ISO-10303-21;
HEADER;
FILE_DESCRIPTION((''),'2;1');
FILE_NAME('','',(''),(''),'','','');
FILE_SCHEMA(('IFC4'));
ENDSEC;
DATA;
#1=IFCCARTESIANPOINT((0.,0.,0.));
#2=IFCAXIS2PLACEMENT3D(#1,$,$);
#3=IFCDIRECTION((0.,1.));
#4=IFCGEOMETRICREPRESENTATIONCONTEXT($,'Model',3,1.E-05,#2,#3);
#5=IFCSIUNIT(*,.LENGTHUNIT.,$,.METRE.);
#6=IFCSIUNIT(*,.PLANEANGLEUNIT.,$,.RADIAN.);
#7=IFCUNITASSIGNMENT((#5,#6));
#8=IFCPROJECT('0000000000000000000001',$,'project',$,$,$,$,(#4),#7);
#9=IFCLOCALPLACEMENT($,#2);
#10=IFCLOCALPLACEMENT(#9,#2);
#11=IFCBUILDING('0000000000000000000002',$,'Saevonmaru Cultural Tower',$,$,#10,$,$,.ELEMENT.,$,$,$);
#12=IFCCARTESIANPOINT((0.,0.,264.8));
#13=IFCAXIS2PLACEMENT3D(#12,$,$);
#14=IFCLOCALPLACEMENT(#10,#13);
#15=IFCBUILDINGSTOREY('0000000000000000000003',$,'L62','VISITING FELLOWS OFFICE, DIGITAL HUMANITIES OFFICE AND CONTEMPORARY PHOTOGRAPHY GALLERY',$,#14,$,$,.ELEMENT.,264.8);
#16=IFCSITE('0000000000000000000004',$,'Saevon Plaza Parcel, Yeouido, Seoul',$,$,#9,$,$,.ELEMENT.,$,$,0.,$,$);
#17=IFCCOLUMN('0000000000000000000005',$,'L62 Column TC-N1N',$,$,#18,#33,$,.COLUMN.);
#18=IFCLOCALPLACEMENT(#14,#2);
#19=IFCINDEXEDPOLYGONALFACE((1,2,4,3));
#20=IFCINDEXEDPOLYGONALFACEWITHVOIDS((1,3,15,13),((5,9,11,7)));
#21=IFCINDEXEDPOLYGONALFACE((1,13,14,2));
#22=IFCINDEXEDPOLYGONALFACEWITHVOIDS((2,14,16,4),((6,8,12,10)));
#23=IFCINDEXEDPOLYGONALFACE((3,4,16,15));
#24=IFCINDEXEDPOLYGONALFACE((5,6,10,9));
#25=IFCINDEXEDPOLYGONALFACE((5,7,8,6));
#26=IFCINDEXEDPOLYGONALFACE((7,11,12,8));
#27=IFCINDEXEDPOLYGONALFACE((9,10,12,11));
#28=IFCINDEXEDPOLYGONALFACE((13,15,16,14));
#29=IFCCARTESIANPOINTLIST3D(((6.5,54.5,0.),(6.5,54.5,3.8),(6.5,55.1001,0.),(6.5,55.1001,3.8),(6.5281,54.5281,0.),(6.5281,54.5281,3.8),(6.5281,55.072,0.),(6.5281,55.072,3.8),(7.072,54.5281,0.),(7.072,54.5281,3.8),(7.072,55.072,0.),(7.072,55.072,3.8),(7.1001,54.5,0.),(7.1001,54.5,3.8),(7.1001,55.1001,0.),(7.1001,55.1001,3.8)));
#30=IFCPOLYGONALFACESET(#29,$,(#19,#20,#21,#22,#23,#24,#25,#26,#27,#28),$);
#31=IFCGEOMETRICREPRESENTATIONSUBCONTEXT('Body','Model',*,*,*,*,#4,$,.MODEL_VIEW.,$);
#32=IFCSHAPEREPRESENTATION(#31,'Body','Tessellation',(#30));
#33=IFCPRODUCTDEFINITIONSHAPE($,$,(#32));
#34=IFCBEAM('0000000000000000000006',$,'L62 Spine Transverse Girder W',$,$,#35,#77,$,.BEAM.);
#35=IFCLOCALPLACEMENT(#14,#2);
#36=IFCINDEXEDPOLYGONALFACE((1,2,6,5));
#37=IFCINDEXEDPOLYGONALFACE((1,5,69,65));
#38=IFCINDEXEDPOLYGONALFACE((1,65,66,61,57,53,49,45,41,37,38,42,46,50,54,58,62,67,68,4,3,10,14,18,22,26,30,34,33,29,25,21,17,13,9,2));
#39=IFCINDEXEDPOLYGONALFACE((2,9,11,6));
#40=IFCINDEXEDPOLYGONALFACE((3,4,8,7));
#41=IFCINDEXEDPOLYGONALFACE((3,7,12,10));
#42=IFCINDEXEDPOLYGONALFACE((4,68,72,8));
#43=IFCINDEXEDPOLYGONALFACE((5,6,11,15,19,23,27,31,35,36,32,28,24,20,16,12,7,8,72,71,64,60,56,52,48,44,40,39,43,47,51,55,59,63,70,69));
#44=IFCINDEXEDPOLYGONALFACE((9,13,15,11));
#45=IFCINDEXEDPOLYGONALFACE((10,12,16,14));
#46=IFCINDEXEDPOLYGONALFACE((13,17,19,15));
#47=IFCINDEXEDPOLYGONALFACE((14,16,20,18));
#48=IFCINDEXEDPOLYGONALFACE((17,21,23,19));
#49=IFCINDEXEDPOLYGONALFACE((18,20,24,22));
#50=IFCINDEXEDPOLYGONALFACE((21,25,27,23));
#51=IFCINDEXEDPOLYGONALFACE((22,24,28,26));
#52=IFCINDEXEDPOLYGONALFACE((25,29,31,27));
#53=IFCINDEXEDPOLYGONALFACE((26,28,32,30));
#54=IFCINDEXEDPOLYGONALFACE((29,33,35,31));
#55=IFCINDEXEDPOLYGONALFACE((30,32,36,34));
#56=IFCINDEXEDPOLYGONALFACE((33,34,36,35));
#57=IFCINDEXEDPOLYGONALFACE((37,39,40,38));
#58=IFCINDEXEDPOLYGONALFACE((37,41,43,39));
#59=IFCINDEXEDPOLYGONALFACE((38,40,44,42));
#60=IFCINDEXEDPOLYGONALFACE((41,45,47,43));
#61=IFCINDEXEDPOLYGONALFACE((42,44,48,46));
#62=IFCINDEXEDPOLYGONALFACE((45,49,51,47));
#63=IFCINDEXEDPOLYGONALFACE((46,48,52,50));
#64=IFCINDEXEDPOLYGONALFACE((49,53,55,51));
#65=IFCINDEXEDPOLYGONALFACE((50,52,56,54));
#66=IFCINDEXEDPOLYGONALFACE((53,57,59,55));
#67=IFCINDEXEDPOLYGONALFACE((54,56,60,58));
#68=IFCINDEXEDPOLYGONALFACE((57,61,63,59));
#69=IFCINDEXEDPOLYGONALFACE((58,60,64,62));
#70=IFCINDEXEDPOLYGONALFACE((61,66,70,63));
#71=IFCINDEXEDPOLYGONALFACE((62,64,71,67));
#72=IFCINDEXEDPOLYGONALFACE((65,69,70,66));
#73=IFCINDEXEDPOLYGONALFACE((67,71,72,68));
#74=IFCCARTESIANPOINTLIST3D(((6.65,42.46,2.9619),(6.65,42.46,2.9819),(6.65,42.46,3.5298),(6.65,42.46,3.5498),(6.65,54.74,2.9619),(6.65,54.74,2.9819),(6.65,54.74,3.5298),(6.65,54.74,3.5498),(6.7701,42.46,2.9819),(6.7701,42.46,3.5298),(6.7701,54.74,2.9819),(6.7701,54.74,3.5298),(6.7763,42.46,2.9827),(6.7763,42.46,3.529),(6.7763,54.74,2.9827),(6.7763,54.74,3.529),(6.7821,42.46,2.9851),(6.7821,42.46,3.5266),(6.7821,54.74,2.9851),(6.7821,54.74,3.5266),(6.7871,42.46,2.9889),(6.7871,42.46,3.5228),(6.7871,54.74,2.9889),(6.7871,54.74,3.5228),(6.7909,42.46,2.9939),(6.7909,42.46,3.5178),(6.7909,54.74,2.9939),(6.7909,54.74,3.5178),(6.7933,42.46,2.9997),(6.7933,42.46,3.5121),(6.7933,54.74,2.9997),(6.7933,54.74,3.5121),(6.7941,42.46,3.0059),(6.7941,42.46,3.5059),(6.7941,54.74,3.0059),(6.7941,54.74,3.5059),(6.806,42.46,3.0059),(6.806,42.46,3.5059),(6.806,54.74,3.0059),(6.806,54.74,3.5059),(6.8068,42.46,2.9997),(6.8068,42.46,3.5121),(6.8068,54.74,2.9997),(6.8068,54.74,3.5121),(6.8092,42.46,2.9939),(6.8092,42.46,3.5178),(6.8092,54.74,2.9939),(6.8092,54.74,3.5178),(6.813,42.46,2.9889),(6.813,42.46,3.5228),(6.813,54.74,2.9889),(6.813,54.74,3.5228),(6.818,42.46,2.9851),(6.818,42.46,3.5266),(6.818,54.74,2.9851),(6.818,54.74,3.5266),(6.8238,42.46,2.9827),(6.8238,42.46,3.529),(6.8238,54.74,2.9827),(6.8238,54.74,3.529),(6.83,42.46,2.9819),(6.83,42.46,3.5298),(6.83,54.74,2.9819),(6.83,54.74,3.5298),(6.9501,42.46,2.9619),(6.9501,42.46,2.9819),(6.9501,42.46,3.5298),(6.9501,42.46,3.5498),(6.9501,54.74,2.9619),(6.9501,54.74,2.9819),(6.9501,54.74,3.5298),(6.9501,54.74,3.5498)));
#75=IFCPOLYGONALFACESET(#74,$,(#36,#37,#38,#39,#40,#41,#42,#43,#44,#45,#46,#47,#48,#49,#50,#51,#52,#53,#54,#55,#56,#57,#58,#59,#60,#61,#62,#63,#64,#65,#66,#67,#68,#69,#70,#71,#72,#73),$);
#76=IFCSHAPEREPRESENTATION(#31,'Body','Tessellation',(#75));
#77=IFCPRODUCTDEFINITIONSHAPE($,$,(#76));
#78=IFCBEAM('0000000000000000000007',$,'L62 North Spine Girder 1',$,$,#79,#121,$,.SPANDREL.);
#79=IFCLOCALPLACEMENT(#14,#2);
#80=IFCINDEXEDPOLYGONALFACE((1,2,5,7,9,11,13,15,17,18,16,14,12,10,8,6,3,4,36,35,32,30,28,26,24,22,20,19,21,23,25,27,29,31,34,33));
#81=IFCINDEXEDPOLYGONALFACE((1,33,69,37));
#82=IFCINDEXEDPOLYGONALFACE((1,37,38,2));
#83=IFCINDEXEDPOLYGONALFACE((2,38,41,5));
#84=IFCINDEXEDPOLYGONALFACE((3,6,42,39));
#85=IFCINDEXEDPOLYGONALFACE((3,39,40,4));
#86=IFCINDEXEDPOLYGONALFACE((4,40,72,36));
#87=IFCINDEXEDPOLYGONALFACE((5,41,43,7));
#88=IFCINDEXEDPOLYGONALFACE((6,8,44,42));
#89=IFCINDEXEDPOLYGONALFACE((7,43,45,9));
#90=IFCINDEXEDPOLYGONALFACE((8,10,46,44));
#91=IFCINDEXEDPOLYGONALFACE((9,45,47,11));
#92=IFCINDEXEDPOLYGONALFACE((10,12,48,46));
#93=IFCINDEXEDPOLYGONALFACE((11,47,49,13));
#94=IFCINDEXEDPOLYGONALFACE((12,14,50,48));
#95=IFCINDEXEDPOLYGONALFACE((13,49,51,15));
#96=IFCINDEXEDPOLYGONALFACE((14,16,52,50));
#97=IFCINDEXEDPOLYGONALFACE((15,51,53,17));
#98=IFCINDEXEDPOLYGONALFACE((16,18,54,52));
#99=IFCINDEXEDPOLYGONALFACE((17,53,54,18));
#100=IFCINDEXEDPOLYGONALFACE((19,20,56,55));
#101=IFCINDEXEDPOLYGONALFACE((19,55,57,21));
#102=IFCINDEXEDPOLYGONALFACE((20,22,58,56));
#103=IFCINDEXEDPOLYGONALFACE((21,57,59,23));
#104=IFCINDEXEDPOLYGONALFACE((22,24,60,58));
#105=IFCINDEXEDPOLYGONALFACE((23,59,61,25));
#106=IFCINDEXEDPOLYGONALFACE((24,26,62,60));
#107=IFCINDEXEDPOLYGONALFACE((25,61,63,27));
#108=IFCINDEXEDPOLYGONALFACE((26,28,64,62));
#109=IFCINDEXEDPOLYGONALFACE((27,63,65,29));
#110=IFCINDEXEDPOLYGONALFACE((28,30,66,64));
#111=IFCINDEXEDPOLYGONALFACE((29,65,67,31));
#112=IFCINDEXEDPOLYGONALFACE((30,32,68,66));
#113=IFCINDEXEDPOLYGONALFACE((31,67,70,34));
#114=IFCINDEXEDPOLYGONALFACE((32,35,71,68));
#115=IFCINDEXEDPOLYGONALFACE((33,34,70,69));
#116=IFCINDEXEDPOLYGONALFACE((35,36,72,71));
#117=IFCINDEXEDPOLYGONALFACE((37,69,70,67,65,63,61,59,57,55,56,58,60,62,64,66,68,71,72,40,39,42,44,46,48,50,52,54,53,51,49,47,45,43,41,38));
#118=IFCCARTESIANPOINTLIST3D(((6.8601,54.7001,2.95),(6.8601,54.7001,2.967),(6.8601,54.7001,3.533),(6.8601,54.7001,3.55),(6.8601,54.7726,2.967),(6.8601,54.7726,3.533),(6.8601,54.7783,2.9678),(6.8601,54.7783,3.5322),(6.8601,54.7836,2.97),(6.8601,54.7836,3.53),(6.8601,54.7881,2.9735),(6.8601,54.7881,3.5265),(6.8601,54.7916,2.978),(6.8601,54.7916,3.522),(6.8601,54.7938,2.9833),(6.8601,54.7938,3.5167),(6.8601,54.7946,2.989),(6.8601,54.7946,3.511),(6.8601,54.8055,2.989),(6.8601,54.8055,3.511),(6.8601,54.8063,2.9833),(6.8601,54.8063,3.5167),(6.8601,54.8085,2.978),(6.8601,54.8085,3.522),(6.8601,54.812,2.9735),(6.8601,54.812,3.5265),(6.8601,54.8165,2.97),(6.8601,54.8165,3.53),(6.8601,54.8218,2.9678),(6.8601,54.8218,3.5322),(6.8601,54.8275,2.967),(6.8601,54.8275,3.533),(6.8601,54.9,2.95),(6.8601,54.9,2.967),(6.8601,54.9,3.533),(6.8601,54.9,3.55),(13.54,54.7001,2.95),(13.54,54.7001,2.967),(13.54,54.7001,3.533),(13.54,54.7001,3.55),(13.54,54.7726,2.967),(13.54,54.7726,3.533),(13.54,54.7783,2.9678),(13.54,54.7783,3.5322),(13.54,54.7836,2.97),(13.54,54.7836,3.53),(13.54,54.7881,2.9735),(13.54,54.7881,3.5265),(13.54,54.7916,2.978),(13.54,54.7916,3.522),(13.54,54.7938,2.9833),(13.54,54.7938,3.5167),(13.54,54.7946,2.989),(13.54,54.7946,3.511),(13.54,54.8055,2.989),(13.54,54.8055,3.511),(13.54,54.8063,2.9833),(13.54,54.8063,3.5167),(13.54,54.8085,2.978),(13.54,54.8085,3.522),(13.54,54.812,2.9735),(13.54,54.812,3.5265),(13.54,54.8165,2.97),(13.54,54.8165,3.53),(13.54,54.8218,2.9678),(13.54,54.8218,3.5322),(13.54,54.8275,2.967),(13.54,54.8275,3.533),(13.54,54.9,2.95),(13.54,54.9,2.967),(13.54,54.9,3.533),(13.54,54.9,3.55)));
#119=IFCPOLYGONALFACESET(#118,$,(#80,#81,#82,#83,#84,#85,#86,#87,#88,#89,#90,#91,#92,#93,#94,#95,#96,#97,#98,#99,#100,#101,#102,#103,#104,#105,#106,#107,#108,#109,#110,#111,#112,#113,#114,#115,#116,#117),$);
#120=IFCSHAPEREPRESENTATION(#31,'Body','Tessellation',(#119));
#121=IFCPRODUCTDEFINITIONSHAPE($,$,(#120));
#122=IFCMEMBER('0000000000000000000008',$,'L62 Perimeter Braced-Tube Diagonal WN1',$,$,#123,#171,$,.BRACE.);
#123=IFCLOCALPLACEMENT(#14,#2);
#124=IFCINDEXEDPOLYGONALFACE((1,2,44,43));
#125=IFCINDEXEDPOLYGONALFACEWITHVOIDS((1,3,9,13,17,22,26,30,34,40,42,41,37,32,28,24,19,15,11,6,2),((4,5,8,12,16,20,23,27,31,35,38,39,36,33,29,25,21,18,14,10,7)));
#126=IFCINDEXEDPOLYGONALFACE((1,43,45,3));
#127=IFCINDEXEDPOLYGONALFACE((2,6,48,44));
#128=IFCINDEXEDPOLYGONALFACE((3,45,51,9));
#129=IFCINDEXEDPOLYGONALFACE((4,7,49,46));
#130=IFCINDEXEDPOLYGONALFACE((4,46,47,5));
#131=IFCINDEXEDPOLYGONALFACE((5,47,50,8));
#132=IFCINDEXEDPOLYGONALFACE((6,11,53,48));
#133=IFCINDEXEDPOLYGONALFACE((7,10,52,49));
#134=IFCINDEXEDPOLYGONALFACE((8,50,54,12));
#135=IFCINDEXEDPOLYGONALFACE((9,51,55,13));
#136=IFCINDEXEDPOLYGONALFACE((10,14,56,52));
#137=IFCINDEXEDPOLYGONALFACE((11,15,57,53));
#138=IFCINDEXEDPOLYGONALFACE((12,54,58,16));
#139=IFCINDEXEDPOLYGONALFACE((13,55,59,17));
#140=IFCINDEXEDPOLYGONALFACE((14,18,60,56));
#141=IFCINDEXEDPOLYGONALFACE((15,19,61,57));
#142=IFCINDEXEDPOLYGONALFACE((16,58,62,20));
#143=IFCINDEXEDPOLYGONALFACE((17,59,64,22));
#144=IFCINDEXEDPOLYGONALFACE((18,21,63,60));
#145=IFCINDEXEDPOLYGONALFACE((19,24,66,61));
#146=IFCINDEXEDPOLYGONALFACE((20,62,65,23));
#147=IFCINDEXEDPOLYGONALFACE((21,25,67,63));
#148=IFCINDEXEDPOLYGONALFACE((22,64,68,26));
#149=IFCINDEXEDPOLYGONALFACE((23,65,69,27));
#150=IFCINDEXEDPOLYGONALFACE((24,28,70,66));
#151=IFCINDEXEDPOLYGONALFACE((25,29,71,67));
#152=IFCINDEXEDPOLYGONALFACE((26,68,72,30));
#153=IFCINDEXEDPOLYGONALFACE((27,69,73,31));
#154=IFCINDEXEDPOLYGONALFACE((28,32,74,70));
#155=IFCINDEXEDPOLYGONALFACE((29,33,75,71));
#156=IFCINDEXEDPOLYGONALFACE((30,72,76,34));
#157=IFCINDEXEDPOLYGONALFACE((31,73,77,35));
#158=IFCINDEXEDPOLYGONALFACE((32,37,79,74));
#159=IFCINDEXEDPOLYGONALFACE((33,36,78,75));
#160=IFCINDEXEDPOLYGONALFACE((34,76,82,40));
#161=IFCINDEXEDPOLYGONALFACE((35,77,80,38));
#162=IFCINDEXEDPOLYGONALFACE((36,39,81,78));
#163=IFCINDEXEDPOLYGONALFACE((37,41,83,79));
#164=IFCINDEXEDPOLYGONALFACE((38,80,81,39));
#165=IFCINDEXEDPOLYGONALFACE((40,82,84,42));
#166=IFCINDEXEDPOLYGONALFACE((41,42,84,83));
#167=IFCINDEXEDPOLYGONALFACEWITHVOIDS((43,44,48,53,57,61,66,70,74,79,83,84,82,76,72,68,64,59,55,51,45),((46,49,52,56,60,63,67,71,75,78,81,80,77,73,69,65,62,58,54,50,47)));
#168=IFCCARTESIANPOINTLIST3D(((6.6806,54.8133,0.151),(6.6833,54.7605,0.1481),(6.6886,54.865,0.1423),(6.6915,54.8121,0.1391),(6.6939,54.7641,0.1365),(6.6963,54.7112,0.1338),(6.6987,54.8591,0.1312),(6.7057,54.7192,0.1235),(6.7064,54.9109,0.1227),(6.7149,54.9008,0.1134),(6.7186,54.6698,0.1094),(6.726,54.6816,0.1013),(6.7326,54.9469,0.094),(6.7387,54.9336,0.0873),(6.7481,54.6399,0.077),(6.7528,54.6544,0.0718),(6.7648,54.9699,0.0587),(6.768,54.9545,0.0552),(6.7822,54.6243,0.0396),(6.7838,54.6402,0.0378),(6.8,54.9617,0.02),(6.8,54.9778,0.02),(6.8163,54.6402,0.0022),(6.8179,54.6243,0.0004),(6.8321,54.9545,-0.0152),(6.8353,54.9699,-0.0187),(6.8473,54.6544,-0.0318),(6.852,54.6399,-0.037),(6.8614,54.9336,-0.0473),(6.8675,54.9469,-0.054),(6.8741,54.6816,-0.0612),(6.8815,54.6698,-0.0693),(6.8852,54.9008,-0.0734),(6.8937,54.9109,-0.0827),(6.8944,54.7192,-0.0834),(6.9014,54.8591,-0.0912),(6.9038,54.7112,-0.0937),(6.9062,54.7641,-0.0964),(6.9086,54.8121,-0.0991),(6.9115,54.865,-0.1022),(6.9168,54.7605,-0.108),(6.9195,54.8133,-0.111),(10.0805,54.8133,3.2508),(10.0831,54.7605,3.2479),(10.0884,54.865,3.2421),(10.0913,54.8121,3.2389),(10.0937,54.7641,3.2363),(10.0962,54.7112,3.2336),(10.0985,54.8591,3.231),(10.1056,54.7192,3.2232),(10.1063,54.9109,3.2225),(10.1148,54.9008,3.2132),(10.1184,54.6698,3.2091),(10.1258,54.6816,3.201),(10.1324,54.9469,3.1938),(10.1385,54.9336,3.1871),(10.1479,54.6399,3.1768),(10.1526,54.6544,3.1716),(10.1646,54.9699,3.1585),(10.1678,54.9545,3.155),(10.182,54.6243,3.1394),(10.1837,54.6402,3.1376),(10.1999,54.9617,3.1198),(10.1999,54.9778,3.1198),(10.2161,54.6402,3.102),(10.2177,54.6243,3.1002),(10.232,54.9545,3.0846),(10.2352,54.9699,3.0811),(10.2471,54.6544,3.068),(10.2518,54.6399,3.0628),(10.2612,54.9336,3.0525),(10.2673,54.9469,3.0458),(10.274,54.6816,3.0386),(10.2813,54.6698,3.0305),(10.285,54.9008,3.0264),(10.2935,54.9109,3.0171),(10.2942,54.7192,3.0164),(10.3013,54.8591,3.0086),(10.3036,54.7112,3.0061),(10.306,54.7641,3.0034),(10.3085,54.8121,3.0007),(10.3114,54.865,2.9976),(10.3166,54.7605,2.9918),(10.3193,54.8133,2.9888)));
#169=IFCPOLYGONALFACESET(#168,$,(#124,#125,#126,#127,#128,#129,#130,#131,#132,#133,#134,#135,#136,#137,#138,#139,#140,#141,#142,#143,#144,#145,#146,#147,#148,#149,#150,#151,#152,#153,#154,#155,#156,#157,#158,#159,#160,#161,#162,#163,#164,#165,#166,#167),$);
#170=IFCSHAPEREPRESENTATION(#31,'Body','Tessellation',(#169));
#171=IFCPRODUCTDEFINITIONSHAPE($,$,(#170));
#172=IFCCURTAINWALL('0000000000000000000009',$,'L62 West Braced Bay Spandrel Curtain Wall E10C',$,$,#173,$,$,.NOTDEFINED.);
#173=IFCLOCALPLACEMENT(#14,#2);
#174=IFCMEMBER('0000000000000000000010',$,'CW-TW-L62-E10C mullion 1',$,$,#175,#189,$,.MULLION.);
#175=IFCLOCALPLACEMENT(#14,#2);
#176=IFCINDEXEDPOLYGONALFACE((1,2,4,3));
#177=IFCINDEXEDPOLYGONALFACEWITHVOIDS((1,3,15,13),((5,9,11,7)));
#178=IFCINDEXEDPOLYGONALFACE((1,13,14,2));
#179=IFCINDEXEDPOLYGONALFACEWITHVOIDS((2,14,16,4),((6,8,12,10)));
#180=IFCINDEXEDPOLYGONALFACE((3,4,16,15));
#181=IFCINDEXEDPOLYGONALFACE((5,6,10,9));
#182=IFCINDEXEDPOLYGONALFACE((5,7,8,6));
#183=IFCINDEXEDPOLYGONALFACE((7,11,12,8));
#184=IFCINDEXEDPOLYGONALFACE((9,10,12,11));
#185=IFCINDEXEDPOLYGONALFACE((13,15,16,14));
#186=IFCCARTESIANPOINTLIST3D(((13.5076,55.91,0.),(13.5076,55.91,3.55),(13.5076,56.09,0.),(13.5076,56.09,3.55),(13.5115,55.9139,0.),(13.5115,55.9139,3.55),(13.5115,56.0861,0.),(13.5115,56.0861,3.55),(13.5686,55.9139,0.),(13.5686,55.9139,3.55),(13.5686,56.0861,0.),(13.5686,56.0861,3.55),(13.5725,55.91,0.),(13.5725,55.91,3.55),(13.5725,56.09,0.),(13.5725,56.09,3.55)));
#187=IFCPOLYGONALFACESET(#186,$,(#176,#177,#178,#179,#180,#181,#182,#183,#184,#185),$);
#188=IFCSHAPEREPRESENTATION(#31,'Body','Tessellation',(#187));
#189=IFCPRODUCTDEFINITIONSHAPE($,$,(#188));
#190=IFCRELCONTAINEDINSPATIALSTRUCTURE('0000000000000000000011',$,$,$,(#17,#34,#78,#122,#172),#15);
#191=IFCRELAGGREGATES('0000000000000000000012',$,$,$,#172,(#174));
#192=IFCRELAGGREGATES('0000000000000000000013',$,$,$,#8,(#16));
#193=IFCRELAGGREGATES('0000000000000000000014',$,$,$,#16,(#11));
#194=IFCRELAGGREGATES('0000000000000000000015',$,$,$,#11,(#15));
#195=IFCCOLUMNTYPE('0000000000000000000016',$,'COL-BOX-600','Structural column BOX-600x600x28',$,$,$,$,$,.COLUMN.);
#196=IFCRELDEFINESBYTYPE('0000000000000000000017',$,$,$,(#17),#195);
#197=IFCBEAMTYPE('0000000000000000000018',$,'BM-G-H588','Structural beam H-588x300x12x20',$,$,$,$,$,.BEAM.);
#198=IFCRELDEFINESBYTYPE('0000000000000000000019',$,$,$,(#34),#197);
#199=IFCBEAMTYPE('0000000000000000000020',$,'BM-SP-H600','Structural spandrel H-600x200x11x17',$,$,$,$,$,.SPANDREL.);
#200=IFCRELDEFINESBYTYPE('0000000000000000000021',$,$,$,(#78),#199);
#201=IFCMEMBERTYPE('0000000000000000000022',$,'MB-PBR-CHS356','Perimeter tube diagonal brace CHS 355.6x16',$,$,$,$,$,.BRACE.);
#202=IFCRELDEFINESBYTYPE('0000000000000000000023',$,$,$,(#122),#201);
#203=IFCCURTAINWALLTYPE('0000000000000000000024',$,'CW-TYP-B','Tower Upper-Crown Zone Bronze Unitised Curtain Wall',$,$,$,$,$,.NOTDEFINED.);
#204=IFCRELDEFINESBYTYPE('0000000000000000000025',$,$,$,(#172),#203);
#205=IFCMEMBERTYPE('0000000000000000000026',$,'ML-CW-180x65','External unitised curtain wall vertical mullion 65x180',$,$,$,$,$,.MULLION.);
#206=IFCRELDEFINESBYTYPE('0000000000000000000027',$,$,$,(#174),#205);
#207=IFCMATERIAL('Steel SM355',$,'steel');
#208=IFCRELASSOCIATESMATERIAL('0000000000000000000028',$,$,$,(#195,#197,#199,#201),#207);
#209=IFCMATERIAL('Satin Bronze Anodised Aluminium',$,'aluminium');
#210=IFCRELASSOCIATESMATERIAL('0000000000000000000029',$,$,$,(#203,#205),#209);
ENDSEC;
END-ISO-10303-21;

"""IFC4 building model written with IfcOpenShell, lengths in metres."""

from ifc_helpers import new_model, si_unit, direction, frame, origin, origin_2d, place, context, subcontext, project, spatial, hollow_rectangle, hollow_circle, i_section, extrude, material, material_profile, profile_set, type_object, element, aggregate, save


model = new_model("IFC4")

# Units and contexts
model_context = context("Model", 3, precision=1e-05, world=origin(), true_north=direction((0.0, 1.0)))
body_context = subcontext(model_context, "Body", "Model", "MODEL_VIEW")
ifc_project = project(units=[si_unit("LENGTHUNIT", "METRE"), si_unit("PLANEANGLEUNIT", "RADIAN")], contexts=[model_context])

# Site, building, storey
site_placement = place(None, origin())
site = spatial("IfcSite", under=ifc_project, at=site_placement, Name="Saevon Plaza Parcel, Yeouido, Seoul", CompositionType="ELEMENT", RefElevation=0.0)
building_placement = place(site_placement, origin())
building = spatial("IfcBuilding", under=site, at=building_placement, Name="Saevonmaru Cultural Tower", CompositionType="ELEMENT")
storey_placement = place(building_placement, frame((0.0, 0.0, 264.8)))
storey = spatial("IfcBuildingStorey", under=building, at=storey_placement, Name="L62", Description="VISITING FELLOWS OFFICE, DIGITAL HUMANITIES OFFICE AND CONTEMPORARY PHOTOGRAPHY GALLERY", CompositionType="ELEMENT", Elevation=264.8)

# Column
ifc_material_1 = material(Name="Steel SM355", Category="steel")
ifc_material_profile_1 = material_profile(ifc_material_1, hollow_rectangle(XDim=0.6001, YDim=0.6001, WallThickness=0.0281, at=origin_2d()), Name="BOX-600x600x28")
ifc_profile_set_1 = profile_set([ifc_material_profile_1], Name="Steel SM355")
column_type = type_object("IfcColumnType", Name="COL-BOX-600", Description="Structural column BOX-600x600x28", PredefinedType="COLUMN", material=ifc_profile_set_1)
column_placement = place(storey_placement, frame((6.8, 54.8, 0.0), z_axis=(0.0, 0.0, 1.0), x_axis=(1.0, 0.0, 0.0)))
element("IfcColumn", 1, at=column_placement, inside=storey, type_object=column_type, Name="L62 Column TC-N1N", PredefinedType="COLUMN", context=body_context, shape_type="SweptSolid", body=[
    extrude(hollow_rectangle(XDim=0.6001, YDim=0.6001, WallThickness=0.0281, at=origin_2d()), origin(), (0.0, 0.0, 1.0), 3.8),
])

# Beams
ifc_material_profile_2 = material_profile(ifc_material_1, i_section(OverallWidth=0.3, OverallDepth=0.5879, WebThickness=0.012, FlangeThickness=0.02, FilletRadius=0.0239, at=origin_2d()), Name="H-588x300x12x20")
ifc_profile_set_2 = profile_set([ifc_material_profile_2], Name="Steel SM355")
beam_type_1 = type_object("IfcBeamType", Name="BM-G-H588", Description="Structural beam H-588x300x12x20", PredefinedType="BEAM", material=ifc_profile_set_2)
beam_1_placement = place(storey_placement, frame((6.8, 54.74, 3.2559), z_axis=(0.0, -1.0, 0.0), x_axis=(1.0, 0.0, 0.0)))
element("IfcBeam", 2, at=beam_1_placement, inside=storey, type_object=beam_type_1, Name="L62 Spine Transverse Girder W", PredefinedType="BEAM", context=body_context, shape_type="SweptSolid", body=[
    extrude(i_section(OverallWidth=0.3, OverallDepth=0.5879, WebThickness=0.012, FlangeThickness=0.02, FilletRadius=0.0239, at=origin_2d()), origin(), (0.0, 0.0, 1.0), 12.28),
])
ifc_material_profile_3 = material_profile(ifc_material_1, i_section(OverallWidth=0.2, OverallDepth=0.6001, WebThickness=0.011, FlangeThickness=0.0171, FilletRadius=0.022, at=origin_2d()), Name="H-600x200x11x17")
ifc_profile_set_3 = profile_set([ifc_material_profile_3], Name="Steel SM355")
beam_type_2 = type_object("IfcBeamType", Name="BM-SP-H600", Description="Structural spandrel H-600x200x11x17", PredefinedType="SPANDREL", material=ifc_profile_set_3)
beam_2_placement = place(storey_placement, frame((6.8601, 54.8, 3.25), z_axis=(1.0, 0.0, 0.0), x_axis=(0.0, 1.0, 0.0)))
element("IfcBeam", 3, at=beam_2_placement, inside=storey, type_object=beam_type_2, Name="L62 North Spine Girder 1", PredefinedType="SPANDREL", context=body_context, shape_type="SweptSolid", body=[
    extrude(i_section(OverallWidth=0.2, OverallDepth=0.6001, WebThickness=0.011, FlangeThickness=0.0171, FilletRadius=0.022, at=origin_2d()), origin(), (0.0, 0.0, 1.0), 6.6799),
])

# Member
ifc_material_profile_4 = material_profile(ifc_material_1, hollow_circle(Radius=0.1777, WallThickness=0.0161, at=origin_2d()), Name="CHS-355.6x16")
ifc_profile_set_4 = profile_set([ifc_material_profile_4], Name="Steel SM355")
member_type_1 = type_object("IfcMemberType", Name="MB-PBR-CHS356", Description="Perimeter tube diagonal brace CHS 355.6x16", PredefinedType="BRACE", material=ifc_profile_set_4)
member_1_placement = place(storey_placement, frame((6.8, 54.8, 0.02), z_axis=(0.738962, 0.0, 0.673747), x_axis=(0.0, 1.0, 0.0)))
element("IfcMember", 4, at=member_1_placement, inside=storey, type_object=member_type_1, Name="L62 Perimeter Braced-Tube Diagonal WN1", PredefinedType="BRACE", context=body_context, shape_type="SweptSolid", body=[
    extrude(hollow_circle(Radius=0.1777, WallThickness=0.0161, at=origin_2d()), origin(), (0.0, 0.0, 1.0), 4.6008),
])

# Curtain wall, member
ifc_material_2 = material(Name="Satin Bronze Anodised Aluminium", Category="aluminium")
curtain_wall_type = type_object("IfcCurtainWallType", Name="CW-TYP-B", Description="Tower Upper-Crown Zone Bronze Unitised Curtain Wall", PredefinedType="NOTDEFINED", material=ifc_material_2)
curtain_wall_1_placement = place(storey_placement, origin())
curtain_wall_1 = element("IfcCurtainWall", 5, at=curtain_wall_1_placement, inside=storey, type_object=curtain_wall_type, Name="L62 West Braced Bay Spandrel Curtain Wall E10C", PredefinedType="NOTDEFINED")
ifc_material_profile_5 = material_profile(ifc_material_2, hollow_rectangle(XDim=0.0649, YDim=0.1799, WallThickness=0.0039, at=origin_2d()), Name="ALU-MULL-180x65x4")
ifc_profile_set_5 = profile_set([ifc_material_profile_5], Name="Satin Bronze Anodised Aluminium")
member_type_2 = type_object("IfcMemberType", Name="ML-CW-180x65", Description="External unitised curtain wall vertical mullion 65x180", PredefinedType="MULLION", material=ifc_profile_set_5)
member_2_placement = place(storey_placement, frame((13.54, 56.0, 0.0), z_axis=(0.0, 0.0, 1.0), x_axis=(-1.0, 0.0, 0.0)))
member_2 = element("IfcMember", 6, at=member_2_placement, type_object=member_type_2, Name="CW-TW-L62-E10C mullion 1", PredefinedType="MULLION", context=body_context, shape_type="SweptSolid", body=[
    extrude(hollow_rectangle(XDim=0.0649, YDim=0.1799, WallThickness=0.0039, at=origin_2d()), origin(), (0.0, 0.0, 1.0), 3.55),
])

aggregate(curtain_wall_1, [member_2])

save(model, "model.ifc")
